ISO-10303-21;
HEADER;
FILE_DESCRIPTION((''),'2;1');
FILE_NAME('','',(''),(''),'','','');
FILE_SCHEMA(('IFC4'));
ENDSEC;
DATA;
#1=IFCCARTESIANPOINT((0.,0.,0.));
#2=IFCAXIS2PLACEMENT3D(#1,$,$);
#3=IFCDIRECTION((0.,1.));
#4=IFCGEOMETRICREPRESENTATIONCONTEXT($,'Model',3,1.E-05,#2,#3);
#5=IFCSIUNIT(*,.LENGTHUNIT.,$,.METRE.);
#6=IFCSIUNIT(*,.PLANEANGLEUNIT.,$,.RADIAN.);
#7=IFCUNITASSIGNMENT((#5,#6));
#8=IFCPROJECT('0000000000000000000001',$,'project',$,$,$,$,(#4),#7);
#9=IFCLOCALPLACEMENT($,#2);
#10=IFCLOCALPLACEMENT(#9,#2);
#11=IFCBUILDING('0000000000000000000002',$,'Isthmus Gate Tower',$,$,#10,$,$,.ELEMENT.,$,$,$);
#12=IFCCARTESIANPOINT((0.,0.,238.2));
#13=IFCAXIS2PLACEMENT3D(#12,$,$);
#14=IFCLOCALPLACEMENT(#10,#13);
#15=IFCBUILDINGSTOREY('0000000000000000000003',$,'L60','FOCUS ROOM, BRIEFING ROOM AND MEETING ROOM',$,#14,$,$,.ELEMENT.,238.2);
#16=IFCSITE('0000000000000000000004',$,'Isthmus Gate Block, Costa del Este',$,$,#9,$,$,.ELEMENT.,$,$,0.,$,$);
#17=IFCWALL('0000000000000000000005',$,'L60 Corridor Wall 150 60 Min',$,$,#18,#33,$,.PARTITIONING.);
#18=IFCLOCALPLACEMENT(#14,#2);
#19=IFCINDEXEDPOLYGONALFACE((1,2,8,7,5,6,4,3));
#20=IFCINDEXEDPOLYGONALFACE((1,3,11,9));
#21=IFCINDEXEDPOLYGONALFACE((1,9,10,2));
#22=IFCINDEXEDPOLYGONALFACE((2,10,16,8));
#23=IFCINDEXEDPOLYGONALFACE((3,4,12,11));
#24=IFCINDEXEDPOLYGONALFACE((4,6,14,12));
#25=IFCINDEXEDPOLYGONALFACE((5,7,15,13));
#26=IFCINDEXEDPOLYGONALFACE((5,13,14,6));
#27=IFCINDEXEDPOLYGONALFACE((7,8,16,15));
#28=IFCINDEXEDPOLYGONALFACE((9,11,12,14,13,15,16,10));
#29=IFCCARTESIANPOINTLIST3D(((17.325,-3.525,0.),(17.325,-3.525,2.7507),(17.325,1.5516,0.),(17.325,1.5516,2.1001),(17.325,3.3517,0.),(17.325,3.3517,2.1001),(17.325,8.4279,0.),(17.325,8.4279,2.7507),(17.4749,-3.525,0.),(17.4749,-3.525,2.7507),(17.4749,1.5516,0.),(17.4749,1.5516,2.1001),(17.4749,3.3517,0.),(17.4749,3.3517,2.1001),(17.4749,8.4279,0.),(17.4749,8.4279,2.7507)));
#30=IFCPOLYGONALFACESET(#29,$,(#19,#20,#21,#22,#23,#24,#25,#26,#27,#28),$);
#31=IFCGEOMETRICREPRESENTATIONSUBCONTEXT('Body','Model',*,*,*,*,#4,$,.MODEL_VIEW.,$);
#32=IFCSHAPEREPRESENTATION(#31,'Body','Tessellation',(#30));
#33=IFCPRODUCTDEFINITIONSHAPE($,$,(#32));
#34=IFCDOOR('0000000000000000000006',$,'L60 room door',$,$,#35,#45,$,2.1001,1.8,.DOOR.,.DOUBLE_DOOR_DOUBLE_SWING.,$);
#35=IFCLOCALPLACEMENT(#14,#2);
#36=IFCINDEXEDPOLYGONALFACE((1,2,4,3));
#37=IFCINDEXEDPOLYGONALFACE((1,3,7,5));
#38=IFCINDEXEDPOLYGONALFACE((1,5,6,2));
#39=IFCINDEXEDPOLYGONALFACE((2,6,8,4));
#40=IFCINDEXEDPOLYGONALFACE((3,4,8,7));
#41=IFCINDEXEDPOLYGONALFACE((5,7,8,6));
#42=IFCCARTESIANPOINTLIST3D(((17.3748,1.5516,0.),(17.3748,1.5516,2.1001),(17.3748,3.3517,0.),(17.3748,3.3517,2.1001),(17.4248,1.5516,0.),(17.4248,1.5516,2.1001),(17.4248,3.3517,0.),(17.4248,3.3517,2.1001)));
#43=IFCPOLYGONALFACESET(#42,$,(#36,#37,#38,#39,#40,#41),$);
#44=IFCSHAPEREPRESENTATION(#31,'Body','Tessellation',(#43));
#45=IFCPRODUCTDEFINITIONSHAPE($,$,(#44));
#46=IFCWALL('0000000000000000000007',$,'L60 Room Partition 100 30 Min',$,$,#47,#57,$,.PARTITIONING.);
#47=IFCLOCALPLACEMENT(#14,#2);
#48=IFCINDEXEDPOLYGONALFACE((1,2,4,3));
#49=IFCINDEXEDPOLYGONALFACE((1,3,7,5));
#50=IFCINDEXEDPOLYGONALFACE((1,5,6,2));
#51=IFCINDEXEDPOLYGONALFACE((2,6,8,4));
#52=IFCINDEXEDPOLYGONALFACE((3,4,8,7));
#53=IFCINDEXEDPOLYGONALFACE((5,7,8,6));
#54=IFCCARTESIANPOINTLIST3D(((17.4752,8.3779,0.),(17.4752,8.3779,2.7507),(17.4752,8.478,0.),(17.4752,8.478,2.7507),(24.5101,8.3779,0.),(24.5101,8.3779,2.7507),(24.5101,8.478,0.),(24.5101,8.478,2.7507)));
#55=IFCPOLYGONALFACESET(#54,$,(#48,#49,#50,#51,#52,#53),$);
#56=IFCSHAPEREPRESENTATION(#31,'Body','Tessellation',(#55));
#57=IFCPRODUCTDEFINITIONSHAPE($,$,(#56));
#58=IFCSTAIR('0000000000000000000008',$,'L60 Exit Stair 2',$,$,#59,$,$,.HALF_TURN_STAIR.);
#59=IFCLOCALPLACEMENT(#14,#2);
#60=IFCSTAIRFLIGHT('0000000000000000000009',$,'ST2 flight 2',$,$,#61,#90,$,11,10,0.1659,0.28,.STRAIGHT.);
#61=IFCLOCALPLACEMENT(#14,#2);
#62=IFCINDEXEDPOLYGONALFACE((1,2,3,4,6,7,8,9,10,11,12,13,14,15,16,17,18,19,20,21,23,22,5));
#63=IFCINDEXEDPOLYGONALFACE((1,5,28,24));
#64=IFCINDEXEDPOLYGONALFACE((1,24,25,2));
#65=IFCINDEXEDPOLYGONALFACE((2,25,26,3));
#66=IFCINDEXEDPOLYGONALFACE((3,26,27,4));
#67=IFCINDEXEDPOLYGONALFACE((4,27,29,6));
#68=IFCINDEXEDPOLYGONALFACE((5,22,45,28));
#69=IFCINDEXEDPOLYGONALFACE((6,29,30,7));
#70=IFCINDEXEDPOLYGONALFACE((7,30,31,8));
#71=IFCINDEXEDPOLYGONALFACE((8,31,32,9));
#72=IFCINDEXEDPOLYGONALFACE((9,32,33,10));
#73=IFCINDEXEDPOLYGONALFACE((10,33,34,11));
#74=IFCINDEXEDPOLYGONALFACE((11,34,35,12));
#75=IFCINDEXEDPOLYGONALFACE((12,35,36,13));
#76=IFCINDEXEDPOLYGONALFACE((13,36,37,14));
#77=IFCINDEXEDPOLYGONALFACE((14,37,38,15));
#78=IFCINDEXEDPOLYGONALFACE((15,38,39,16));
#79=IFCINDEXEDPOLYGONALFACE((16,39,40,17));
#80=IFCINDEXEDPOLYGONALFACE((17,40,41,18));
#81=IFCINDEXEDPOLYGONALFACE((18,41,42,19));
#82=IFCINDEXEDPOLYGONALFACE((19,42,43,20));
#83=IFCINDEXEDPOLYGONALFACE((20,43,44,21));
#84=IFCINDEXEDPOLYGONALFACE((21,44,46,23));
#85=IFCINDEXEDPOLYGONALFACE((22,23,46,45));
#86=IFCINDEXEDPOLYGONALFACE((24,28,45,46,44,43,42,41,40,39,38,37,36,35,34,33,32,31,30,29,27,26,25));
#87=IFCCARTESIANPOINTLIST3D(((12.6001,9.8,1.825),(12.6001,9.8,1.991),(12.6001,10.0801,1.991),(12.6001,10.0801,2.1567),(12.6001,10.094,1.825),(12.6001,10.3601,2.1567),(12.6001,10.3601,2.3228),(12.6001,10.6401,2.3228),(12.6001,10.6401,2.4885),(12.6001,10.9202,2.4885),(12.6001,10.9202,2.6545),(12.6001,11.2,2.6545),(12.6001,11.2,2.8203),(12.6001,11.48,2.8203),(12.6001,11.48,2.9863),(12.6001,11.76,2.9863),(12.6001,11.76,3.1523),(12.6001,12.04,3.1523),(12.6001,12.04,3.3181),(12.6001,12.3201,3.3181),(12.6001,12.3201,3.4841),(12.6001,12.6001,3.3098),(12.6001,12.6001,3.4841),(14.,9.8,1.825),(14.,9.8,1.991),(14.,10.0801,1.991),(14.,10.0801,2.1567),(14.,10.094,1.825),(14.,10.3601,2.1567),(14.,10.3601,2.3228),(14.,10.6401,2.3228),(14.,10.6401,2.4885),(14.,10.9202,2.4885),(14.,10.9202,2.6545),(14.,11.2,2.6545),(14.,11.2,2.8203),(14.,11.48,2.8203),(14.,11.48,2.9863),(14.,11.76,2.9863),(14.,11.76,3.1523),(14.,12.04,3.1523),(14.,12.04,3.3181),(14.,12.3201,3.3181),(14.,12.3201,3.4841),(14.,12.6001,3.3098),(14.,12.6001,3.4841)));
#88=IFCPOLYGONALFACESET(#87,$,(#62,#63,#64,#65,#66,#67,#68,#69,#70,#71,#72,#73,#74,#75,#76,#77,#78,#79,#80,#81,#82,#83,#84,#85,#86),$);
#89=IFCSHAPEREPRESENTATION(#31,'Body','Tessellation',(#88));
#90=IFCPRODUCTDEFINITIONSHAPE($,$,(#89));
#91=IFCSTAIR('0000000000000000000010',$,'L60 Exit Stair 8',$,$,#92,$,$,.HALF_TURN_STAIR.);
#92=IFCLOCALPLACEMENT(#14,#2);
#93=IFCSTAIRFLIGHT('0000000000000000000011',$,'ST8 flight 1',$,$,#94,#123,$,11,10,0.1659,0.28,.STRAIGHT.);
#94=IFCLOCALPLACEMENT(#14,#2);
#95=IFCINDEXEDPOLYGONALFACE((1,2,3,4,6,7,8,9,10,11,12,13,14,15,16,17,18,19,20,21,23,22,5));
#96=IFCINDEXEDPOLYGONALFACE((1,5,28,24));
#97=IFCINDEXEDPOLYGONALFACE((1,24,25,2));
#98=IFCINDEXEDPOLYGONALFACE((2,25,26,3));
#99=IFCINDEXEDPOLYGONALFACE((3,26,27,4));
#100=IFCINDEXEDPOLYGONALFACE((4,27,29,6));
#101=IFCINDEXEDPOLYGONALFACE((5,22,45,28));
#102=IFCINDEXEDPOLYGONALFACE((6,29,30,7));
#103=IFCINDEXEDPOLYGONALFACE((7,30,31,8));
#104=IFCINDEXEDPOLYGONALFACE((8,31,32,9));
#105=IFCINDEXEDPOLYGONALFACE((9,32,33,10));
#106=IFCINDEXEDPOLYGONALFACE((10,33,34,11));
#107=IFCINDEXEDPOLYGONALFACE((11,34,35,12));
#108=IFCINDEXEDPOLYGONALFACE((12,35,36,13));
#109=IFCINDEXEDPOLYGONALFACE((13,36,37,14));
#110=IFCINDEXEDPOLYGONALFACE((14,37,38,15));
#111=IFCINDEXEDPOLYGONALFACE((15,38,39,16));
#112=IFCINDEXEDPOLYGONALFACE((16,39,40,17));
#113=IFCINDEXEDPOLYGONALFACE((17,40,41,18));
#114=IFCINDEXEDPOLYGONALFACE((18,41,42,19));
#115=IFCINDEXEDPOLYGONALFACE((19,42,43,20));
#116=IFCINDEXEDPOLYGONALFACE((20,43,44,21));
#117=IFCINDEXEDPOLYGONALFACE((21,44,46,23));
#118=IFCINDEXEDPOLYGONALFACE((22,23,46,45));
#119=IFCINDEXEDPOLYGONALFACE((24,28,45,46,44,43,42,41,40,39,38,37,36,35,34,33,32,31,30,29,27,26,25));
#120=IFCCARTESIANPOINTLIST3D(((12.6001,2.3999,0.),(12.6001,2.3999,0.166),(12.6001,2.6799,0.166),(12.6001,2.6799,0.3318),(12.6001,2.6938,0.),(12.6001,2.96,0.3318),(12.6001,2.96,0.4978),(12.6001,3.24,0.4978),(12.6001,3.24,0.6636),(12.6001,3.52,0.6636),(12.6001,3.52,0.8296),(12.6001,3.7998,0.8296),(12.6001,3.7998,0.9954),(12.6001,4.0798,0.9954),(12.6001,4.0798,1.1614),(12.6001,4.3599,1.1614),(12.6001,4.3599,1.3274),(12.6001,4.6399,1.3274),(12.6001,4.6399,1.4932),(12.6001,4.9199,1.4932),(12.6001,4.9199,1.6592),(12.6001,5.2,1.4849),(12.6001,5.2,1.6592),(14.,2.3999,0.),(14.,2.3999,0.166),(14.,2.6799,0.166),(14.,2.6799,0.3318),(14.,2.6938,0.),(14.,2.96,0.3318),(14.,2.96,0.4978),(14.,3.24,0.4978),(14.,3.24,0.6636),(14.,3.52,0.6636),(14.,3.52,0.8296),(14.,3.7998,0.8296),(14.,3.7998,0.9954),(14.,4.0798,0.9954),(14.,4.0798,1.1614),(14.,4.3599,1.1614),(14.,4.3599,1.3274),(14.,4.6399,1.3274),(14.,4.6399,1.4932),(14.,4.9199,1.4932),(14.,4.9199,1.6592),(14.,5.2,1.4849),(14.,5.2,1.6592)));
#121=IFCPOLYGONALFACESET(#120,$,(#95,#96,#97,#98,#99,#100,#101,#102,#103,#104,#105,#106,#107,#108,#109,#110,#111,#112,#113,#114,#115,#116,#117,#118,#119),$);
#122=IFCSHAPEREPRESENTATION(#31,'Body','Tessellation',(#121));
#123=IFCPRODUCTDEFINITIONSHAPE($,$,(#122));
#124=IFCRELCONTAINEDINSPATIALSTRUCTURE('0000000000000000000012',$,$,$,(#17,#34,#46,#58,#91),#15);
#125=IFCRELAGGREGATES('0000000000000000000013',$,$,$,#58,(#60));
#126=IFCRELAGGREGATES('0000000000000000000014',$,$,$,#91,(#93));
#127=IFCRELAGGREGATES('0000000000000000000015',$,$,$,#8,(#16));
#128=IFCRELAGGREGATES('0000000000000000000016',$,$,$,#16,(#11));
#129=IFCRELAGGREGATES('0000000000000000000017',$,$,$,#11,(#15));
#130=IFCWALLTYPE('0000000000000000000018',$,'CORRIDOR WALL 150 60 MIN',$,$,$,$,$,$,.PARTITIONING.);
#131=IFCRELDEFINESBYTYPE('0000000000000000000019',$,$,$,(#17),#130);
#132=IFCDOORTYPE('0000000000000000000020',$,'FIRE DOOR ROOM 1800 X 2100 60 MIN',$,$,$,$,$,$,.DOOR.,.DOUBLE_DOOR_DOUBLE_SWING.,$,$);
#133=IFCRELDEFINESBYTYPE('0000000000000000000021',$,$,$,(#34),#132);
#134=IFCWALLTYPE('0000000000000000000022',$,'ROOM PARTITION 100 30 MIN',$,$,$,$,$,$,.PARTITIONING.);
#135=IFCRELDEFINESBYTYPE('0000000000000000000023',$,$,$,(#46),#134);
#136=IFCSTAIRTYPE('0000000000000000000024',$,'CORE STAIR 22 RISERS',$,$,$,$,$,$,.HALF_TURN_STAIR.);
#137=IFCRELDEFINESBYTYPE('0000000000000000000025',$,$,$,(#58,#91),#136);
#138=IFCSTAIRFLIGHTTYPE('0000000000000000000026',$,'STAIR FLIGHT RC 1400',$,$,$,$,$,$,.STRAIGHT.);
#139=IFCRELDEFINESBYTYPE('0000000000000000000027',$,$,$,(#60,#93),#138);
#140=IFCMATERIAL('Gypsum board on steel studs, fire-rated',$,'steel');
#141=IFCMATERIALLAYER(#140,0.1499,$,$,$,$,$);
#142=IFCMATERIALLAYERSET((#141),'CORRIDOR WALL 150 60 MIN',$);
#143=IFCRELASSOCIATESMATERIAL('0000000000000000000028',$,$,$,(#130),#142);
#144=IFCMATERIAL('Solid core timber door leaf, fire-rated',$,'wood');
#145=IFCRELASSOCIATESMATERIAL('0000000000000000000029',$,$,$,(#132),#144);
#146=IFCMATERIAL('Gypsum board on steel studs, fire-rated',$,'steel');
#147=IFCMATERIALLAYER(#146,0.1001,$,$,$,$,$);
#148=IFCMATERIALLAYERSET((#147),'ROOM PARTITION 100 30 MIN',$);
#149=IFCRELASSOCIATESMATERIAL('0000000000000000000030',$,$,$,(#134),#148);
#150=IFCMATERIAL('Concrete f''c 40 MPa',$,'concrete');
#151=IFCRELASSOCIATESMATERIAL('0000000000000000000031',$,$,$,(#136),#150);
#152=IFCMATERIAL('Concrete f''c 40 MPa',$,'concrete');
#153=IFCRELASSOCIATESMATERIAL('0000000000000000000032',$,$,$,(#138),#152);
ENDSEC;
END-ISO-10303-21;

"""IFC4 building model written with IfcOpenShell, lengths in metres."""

from ifc_helpers import new_model, si_unit, direction, frame, frame_2d, origin, place, context, subcontext, project, spatial, polyline, rectangle, outline, extrude, material, layer, layer_set, type_object, element, fill, aggregate, save


model = new_model("IFC4")

# Units and contexts
model_context = context("Model", 3, precision=1e-05, world=origin(), true_north=direction((0.0, 1.0)))
body_context = subcontext(model_context, "Body", "Model", "MODEL_VIEW")
ifc_project = project(units=[si_unit("LENGTHUNIT", "METRE"), si_unit("PLANEANGLEUNIT", "RADIAN")], contexts=[model_context])

# Site, building, storey
site_placement = place(None, origin())
site = spatial("IfcSite", under=ifc_project, at=site_placement, Name="Isthmus Gate Block, Costa del Este", CompositionType="ELEMENT", RefElevation=0.0)
building_placement = place(site_placement, origin())
building = spatial("IfcBuilding", under=site, at=building_placement, Name="Isthmus Gate Tower", CompositionType="ELEMENT")
storey_placement = place(building_placement, frame((0.0, 0.0, 238.2)))
storey = spatial("IfcBuildingStorey", under=building, at=storey_placement, Name="L60", Description="FOCUS ROOM, BRIEFING ROOM AND MEETING ROOM", CompositionType="ELEMENT", Elevation=238.2)

# Wall, opening, door
ifc_material_1 = material(Name="Gypsum board on steel studs, fire-rated", Category="steel")
ifc_layer_1 = layer(ifc_material_1, 0.1499)
ifc_layer_set_1 = layer_set([ifc_layer_1], Name="CORRIDOR WALL 150 60 MIN")
wall_type_1 = type_object("IfcWallType", Name="CORRIDOR WALL 150 60 MIN", PredefinedType="PARTITIONING", material=ifc_layer_set_1)
wall_1_placement = place(storey_placement, frame((17.3999, 8.428, 0.0), z_axis=(0.0, 0.0, 1.0), x_axis=(0.0, -1.0, 0.0)))
wall_1 = element("IfcWall", 1, at=wall_1_placement, inside=storey, type_object=wall_type_1, Name="L60 Corridor Wall 150 60 Min", PredefinedType="PARTITIONING", context=body_context, shape_type="SweptSolid", body=[
    extrude(rectangle(XDim=11.9529, YDim=0.1499, at=frame_2d((5.9766, 0.0))), origin(), (0.0, 0.0, 1.0), 2.7507),
])
opening_placement = place(wall_1_placement, frame((5.0764, 0.0, 0.0)))
opening = element("IfcOpeningElement", 2, at=opening_placement, cuts=wall_1, PredefinedType="OPENING", context=body_context, shape_type="SweptSolid", body=[
    extrude(rectangle(XDim=1.8, YDim=2.1001, at=frame_2d((0.8999, 1.05))), frame((0.0, 0.085, 0.0), z_axis=(0.0, -1.0, 0.0), x_axis=(1.0, 0.0, 0.0)), (0.0, 0.0, 1.0), 0.1699),
])
ifc_material_2 = material(Name="Solid core timber door leaf, fire-rated", Category="wood")
door_type = type_object("IfcDoorType", Name="FIRE DOOR ROOM 1800 X 2100 60 MIN", OperationType="DOUBLE_DOOR_DOUBLE_SWING", PredefinedType="DOOR", material=ifc_material_2)
door_placement = place(opening_placement, origin())
door = element("IfcDoor", 3, at=door_placement, inside=storey, type_object=door_type, Name="L60 room door", OperationType="DOUBLE_DOOR_DOUBLE_SWING", OverallHeight=2.1001, OverallWidth=1.8, PredefinedType="DOOR", context=body_context, shape_type="SweptSolid", body=[
    extrude(rectangle(XDim=1.8, YDim=2.1001, at=frame_2d((0.8999, 1.05))), frame((0.0, 0.0249, 0.0), z_axis=(0.0, -1.0, 0.0), x_axis=(1.0, 0.0, 0.0)), (0.0, 0.0, 1.0), 0.05),
])
fill(opening, door)

# Wall
ifc_material_3 = material(Name="Gypsum board on steel studs, fire-rated", Category="steel")
ifc_layer_2 = layer(ifc_material_3, 0.1001)
ifc_layer_set_2 = layer_set([ifc_layer_2], Name="ROOM PARTITION 100 30 MIN")
wall_type_2 = type_object("IfcWallType", Name="ROOM PARTITION 100 30 MIN", PredefinedType="PARTITIONING", material=ifc_layer_set_2)
wall_2_placement = place(storey_placement, frame((17.4751, 8.428, 0.0), z_axis=(0.0, 0.0, 1.0), x_axis=(1.0, 0.0, 0.0)))
element("IfcWall", 4, at=wall_2_placement, inside=storey, type_object=wall_type_2, Name="L60 Room Partition 100 30 Min", PredefinedType="PARTITIONING", context=body_context, shape_type="SweptSolid", body=[
    extrude(rectangle(XDim=7.0349, YDim=0.1001, at=frame_2d((3.5176, 0.0))), origin(), (0.0, 0.0, 1.0), 2.7507),
])

# Stairs, stair flights
ifc_material_4 = material(Name="Concrete f'c 40 MPa", Category="concrete")
stair_type = type_object("IfcStairType", Name="CORE STAIR 22 RISERS", PredefinedType="HALF_TURN_STAIR", material=ifc_material_4)
stair_1_placement = place(storey_placement, origin())
stair_1 = element("IfcStair", 5, at=stair_1_placement, inside=storey, type_object=stair_type, Name="L60 Exit Stair 2", PredefinedType="HALF_TURN_STAIR")
ifc_material_5 = material(Name="Concrete f'c 40 MPa", Category="concrete")
stair_flight_type = type_object("IfcStairFlightType", Name="STAIR FLIGHT RC 1400", PredefinedType="STRAIGHT", material=ifc_material_5)
stair_flight_1_placement = place(storey_placement, frame((13.3, 9.8, 1.825), z_axis=(0.0, 0.0, 1.0), x_axis=(0.0, 1.0, 0.0)))
stair_flight_1 = element("IfcStairFlight", 6, at=stair_flight_1_placement, type_object=stair_flight_type, Name="ST2 flight 2", NumberOfRisers=11, NumberOfTreads=10, PredefinedType="STRAIGHT", RiserHeight=0.1659, TreadLength=0.28, context=body_context, shape_type="SweptSolid", body=[
    extrude(outline(polyline([(0.0, 0.0), (0.0, 0.166), (0.28, 0.166), (0.28, 0.3318), (0.5601, 0.3318), (0.5601, 0.4978), (0.8401, 0.4978), (0.8401, 0.6636), (1.1201, 0.6636), (1.1201, 0.8296), (1.3999, 0.8296), (1.3999, 0.9954), (1.6799, 0.9954), (1.6799, 1.1614), (1.96, 1.1614), (1.96, 1.3274), (2.24, 1.3274), (2.24, 1.4932), (2.52, 1.4932), (2.52, 1.6592), (2.8, 1.6592), (2.8, 1.825), (2.8, 1.4849), (0.2939, 0.0), (0.0, 0.0)])), frame((0.0, 0.7, 0.0), z_axis=(0.0, -1.0, 0.0), x_axis=(1.0, 0.0, 0.0)), (0.0, 0.0, 1.0), 1.3999),
])
aggregate(stair_1, [stair_flight_1])
stair_2_placement = place(storey_placement, origin())
stair_2 = element("IfcStair", 7, at=stair_2_placement, inside=storey, type_object=stair_type, Name="L60 Exit Stair 8", PredefinedType="HALF_TURN_STAIR")
stair_flight_2_placement = place(storey_placement, frame((13.3, 2.3999, 0.0), z_axis=(0.0, 0.0, 1.0), x_axis=(0.0, 1.0, 0.0)))
stair_flight_2 = element("IfcStairFlight", 8, at=stair_flight_2_placement, type_object=stair_flight_type, Name="ST8 flight 1", NumberOfRisers=11, NumberOfTreads=10, PredefinedType="STRAIGHT", RiserHeight=0.1659, TreadLength=0.28, context=body_context, shape_type="SweptSolid", body=[
    extrude(outline(polyline([(0.0, 0.0), (0.0, 0.166), (0.28, 0.166), (0.28, 0.3318), (0.5601, 0.3318), (0.5601, 0.4978), (0.8401, 0.4978), (0.8401, 0.6636), (1.1201, 0.6636), (1.1201, 0.8296), (1.3999, 0.8296), (1.3999, 0.9954), (1.6799, 0.9954), (1.6799, 1.1614), (1.96, 1.1614), (1.96, 1.3274), (2.24, 1.3274), (2.24, 1.4932), (2.52, 1.4932), (2.52, 1.6592), (2.8, 1.6592), (2.8, 1.825), (2.8, 1.4849), (0.2939, 0.0), (0.0, 0.0)])), frame((0.0, 0.7, 0.0), z_axis=(0.0, -1.0, 0.0), x_axis=(1.0, 0.0, 0.0)), (0.0, 0.0, 1.0), 1.3999),
])
aggregate(stair_2, [stair_flight_2])

save(model, "model.ifc")
